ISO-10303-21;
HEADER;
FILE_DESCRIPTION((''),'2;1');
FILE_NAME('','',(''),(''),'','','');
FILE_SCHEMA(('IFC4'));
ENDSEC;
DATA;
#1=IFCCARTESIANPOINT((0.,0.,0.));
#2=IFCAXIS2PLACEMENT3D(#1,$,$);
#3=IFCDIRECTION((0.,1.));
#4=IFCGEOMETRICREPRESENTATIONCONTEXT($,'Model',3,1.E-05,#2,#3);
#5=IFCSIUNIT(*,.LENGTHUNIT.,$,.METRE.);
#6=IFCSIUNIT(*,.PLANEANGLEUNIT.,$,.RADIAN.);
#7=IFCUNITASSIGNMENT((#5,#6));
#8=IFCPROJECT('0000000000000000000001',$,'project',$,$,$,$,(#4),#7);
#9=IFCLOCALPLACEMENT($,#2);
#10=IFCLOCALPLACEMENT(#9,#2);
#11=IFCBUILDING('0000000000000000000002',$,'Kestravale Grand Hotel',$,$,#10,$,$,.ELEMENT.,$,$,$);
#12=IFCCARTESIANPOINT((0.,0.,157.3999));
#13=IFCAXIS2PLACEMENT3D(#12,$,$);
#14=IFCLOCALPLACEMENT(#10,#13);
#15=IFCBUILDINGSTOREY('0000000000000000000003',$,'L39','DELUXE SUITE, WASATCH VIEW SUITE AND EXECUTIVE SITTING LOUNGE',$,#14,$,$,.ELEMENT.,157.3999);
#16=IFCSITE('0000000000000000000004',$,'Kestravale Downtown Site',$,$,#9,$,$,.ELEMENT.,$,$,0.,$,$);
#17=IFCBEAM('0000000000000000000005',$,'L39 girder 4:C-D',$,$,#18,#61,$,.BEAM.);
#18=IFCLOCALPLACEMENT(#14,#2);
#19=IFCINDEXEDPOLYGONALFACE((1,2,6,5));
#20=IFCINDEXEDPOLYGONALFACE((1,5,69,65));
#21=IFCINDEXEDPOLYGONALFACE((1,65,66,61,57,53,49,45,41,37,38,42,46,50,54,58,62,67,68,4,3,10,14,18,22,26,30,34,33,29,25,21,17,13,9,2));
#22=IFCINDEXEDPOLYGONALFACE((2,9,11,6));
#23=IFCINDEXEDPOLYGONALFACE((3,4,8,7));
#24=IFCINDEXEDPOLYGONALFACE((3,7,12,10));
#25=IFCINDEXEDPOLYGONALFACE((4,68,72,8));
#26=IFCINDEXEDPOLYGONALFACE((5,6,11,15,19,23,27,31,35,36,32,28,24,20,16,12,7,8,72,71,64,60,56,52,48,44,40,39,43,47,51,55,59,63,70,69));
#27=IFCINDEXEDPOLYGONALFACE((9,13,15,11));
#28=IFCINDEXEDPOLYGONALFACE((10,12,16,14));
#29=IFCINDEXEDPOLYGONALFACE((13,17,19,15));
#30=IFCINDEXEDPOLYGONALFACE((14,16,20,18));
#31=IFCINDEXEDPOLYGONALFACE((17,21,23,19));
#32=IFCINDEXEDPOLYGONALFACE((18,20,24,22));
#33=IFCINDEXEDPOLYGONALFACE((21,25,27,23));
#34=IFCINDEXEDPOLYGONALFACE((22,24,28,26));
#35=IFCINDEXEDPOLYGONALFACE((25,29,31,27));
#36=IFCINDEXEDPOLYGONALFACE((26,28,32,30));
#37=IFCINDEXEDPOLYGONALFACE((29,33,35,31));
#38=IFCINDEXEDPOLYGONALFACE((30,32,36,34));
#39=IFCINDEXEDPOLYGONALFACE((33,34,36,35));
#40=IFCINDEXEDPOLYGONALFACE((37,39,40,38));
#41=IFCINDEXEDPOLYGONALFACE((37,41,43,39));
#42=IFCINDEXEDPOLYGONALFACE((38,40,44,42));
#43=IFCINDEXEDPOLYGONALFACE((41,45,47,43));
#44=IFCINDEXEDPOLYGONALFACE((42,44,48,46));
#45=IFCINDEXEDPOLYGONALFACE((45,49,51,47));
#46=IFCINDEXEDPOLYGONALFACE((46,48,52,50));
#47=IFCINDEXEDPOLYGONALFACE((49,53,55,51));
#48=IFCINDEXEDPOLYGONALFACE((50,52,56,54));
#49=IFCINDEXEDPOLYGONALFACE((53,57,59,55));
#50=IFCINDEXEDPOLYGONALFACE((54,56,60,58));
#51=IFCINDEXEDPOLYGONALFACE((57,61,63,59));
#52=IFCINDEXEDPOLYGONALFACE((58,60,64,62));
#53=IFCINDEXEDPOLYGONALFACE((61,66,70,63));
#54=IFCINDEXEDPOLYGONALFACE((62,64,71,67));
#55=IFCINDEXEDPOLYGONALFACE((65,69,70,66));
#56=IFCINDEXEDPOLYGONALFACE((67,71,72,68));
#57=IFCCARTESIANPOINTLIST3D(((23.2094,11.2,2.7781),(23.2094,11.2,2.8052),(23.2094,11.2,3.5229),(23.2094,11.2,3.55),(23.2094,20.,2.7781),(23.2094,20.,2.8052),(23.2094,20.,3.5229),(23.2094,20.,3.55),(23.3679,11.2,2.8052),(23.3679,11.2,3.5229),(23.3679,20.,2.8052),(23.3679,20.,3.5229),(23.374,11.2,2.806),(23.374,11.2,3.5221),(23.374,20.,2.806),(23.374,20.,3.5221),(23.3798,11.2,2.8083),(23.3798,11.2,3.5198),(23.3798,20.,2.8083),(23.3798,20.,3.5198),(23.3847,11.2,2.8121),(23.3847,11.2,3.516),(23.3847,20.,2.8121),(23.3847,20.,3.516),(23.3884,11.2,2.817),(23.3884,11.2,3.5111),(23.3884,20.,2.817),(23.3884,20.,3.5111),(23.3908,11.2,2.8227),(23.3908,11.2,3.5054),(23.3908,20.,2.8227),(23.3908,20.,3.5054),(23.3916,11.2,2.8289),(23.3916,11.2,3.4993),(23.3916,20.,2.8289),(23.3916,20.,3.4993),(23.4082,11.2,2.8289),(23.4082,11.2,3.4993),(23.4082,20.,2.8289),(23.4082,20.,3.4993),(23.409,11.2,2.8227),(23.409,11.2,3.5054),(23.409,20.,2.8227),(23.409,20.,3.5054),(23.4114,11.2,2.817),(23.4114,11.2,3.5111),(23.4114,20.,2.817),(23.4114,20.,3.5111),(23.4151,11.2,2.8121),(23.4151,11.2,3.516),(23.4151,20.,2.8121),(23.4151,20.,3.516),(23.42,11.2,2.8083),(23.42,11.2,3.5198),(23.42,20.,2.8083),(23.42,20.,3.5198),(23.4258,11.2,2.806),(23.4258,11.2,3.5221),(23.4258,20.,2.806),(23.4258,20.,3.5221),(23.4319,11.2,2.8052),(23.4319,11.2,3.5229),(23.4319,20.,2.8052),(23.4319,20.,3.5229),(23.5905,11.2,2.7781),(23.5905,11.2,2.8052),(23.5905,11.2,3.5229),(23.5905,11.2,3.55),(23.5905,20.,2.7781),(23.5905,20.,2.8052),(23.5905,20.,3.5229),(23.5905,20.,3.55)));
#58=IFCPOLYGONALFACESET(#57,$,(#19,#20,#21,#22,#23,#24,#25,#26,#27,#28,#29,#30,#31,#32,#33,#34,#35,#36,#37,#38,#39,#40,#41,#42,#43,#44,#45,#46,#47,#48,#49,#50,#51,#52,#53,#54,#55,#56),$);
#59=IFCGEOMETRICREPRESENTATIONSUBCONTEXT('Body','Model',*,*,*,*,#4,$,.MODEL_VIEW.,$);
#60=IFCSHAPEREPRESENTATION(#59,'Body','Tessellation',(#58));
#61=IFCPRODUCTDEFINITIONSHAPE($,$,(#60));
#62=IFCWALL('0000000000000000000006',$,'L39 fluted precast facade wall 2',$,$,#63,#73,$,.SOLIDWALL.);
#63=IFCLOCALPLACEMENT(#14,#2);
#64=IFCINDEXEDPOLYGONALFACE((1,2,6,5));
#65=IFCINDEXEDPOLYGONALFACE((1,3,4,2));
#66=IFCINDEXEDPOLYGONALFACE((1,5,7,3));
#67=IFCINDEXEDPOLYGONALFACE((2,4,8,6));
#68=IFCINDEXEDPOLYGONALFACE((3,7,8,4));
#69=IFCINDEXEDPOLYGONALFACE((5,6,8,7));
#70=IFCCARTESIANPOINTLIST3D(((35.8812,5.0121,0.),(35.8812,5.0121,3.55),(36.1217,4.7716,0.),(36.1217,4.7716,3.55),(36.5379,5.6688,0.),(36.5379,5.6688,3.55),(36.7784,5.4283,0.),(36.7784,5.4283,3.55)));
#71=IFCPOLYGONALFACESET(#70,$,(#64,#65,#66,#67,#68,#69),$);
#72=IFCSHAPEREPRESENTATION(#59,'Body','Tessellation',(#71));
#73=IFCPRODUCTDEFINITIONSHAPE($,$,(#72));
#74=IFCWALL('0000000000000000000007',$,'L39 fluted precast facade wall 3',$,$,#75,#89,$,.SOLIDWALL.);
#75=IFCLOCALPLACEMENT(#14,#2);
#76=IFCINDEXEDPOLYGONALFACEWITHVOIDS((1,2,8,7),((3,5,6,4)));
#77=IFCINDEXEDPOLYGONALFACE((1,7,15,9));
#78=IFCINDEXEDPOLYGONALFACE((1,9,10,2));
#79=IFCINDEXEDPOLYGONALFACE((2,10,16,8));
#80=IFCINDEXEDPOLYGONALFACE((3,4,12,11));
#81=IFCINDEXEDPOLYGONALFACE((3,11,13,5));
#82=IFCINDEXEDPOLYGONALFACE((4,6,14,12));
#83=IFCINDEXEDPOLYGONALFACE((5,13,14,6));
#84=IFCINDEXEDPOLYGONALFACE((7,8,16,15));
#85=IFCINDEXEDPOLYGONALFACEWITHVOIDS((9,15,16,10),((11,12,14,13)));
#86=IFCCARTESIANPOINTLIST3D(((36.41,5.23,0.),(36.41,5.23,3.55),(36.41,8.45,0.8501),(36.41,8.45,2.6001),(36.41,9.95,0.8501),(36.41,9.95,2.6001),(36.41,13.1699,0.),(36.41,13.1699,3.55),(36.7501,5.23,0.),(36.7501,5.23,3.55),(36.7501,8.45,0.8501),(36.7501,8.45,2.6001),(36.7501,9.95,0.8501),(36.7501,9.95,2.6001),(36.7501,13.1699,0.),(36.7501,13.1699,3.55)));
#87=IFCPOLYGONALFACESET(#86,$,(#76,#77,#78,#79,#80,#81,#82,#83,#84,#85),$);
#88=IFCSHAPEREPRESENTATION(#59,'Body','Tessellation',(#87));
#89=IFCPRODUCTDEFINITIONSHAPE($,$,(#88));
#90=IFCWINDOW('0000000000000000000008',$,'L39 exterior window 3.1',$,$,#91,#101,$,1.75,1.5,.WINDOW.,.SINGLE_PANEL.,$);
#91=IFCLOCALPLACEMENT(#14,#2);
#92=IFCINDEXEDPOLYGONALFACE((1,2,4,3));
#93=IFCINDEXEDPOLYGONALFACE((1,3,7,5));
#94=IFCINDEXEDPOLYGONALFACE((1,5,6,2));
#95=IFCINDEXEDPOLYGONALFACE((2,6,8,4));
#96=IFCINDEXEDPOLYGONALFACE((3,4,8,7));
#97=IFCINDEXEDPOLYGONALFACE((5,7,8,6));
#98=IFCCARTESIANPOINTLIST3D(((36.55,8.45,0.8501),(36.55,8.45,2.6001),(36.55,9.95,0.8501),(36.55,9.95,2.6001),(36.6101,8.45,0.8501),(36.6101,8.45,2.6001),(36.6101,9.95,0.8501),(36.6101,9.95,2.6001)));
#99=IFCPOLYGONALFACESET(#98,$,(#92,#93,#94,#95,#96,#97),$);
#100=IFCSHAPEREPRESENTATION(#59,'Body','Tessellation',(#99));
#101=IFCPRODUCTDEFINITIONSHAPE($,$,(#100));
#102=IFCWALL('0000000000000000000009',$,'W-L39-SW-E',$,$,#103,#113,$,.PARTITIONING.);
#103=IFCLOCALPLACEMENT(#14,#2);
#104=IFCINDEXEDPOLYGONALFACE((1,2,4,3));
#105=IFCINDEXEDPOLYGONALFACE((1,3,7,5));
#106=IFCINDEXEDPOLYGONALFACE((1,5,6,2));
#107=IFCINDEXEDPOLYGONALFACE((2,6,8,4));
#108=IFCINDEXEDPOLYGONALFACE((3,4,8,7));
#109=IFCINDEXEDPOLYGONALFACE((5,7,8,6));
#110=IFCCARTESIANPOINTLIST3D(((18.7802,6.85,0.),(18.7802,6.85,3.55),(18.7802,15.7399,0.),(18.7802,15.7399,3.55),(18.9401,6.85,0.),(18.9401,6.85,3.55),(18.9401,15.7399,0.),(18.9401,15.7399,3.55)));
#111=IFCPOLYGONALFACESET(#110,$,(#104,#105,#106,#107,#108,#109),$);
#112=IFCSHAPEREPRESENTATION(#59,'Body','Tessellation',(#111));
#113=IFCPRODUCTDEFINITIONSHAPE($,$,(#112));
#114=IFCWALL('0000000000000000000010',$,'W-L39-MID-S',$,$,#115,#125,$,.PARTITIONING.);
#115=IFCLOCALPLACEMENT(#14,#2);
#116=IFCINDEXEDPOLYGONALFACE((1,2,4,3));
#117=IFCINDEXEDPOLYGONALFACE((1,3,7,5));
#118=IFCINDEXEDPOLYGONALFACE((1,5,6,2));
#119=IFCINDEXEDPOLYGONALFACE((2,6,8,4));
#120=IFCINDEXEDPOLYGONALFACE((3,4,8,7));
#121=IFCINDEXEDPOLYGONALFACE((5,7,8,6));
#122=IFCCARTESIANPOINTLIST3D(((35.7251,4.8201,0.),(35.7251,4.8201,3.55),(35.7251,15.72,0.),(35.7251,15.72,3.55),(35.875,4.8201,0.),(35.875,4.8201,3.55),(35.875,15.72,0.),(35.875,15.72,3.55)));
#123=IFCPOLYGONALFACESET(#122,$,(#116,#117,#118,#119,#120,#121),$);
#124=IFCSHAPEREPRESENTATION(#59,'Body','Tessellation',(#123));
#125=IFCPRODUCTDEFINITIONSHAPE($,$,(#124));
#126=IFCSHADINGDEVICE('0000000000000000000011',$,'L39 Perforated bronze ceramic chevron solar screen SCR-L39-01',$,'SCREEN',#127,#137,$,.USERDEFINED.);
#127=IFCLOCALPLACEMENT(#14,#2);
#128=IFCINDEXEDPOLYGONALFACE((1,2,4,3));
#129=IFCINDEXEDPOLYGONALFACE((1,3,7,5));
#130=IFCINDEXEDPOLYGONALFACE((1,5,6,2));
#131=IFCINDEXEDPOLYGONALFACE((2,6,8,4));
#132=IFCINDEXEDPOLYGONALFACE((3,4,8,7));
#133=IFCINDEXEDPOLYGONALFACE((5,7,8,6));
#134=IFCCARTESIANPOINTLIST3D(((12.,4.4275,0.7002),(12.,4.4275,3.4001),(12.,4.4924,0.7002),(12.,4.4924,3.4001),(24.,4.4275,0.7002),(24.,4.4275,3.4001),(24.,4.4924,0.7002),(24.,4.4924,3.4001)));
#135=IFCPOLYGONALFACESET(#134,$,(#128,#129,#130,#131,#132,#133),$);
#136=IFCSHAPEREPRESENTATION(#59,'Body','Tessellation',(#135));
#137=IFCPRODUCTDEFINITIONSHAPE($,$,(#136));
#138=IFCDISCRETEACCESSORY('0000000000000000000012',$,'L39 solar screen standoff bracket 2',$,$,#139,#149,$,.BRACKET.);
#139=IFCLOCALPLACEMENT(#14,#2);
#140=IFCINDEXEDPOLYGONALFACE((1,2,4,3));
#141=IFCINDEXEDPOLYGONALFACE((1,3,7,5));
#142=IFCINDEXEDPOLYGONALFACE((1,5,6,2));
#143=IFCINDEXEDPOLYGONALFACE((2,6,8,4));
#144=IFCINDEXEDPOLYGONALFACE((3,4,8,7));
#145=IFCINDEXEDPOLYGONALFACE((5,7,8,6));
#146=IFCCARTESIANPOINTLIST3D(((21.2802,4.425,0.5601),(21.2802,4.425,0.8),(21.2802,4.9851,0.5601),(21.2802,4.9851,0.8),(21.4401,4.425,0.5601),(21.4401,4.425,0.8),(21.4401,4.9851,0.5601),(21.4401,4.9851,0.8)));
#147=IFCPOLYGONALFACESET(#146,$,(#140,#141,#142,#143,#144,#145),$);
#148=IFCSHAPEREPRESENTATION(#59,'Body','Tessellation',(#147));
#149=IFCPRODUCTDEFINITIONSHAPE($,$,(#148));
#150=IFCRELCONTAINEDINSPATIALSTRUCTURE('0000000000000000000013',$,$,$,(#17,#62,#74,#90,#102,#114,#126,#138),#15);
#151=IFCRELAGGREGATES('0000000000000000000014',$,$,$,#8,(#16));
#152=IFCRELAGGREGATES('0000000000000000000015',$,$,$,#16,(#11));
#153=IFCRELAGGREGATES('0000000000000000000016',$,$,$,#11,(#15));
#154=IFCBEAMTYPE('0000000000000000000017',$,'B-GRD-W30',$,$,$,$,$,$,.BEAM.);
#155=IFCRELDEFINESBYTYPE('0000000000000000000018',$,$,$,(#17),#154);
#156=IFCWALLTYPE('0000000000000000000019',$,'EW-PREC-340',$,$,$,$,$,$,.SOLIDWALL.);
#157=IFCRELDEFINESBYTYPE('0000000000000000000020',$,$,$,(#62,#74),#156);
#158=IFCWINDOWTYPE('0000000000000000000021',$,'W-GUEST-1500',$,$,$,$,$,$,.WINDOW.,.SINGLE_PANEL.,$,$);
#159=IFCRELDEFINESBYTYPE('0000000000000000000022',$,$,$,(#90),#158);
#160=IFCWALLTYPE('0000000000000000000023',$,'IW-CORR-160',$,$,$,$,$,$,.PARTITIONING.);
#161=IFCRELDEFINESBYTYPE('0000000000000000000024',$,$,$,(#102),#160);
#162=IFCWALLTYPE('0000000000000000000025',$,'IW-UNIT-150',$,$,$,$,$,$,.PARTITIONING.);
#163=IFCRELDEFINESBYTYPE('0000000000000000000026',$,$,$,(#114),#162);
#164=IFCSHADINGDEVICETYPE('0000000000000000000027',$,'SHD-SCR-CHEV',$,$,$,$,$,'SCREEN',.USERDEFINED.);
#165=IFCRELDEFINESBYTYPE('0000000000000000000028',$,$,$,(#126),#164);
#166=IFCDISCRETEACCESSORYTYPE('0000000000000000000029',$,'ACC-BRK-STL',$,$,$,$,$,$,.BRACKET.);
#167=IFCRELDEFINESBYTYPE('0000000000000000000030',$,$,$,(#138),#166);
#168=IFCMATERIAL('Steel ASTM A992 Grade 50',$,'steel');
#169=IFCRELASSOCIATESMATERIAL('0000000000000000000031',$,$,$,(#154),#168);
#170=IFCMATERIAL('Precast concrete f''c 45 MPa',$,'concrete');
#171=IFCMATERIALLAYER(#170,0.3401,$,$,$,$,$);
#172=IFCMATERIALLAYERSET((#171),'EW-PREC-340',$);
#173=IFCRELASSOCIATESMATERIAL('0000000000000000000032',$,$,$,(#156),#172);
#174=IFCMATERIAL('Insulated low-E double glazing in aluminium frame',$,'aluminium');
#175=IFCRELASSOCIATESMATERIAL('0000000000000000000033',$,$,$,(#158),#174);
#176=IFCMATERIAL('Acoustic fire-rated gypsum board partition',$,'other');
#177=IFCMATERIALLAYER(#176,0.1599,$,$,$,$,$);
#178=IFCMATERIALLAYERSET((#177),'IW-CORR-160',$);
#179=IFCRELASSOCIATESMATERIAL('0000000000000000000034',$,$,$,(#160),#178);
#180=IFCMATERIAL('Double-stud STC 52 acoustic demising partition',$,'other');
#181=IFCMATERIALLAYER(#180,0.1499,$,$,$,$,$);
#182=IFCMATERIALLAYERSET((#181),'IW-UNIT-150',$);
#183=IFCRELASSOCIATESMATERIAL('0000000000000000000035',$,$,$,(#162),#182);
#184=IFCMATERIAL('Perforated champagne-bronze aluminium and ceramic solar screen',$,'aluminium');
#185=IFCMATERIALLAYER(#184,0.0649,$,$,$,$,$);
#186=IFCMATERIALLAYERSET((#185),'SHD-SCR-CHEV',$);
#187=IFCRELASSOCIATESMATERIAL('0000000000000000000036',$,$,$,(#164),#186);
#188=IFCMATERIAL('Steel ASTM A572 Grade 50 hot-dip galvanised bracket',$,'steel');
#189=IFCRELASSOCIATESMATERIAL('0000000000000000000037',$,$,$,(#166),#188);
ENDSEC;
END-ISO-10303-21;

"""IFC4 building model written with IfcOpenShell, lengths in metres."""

from ifc_helpers import new_model, si_unit, direction, frame, frame_2d, origin, origin_2d, place, context, subcontext, project, spatial, rectangle, i_section, extrude, material, layer, layer_set, material_profile, profile_set, type_object, element, fill, save


model = new_model("IFC4")

# Units and contexts
model_context = context("Model", 3, precision=1e-05, world=origin(), true_north=direction((0.0, 1.0)))
body_context = subcontext(model_context, "Body", "Model", "MODEL_VIEW")
ifc_project = project(units=[si_unit("LENGTHUNIT", "METRE"), si_unit("PLANEANGLEUNIT", "RADIAN")], contexts=[model_context])

# Site, building, storey
site_placement = place(None, origin())
site = spatial("IfcSite", under=ifc_project, at=site_placement, Name="Kestravale Downtown Site", CompositionType="ELEMENT", RefElevation=0.0)
building_placement = place(site_placement, origin())
building = spatial("IfcBuilding", under=site, at=building_placement, Name="Kestravale Grand Hotel", CompositionType="ELEMENT")
storey_placement = place(building_placement, frame((0.0, 0.0, 157.3999)))
storey = spatial("IfcBuildingStorey", under=building, at=storey_placement, Name="L39", Description="DELUXE SUITE, WASATCH VIEW SUITE AND EXECUTIVE SITTING LOUNGE", CompositionType="ELEMENT", Elevation=157.3999)

# Beam
ifc_material_1 = material(Name="Steel ASTM A992 Grade 50", Category="steel")
ifc_material_profile_1 = material_profile(ifc_material_1, i_section(OverallWidth=0.3811, OverallDepth=0.772, WebThickness=0.0166, FlangeThickness=0.0271, FilletRadius=0.0237, at=origin_2d()))
ifc_profile_set_1 = profile_set([ifc_material_profile_1], Name="Steel ASTM A992 Grade 50")
beam_type_1 = type_object("IfcBeamType", Name="B-GRD-W30", PredefinedType="BEAM", material=ifc_profile_set_1)
beam_1_placement = place(storey_placement, frame((23.3999, 11.2, 3.1641), z_axis=(0.0, 1.0, 0.0), x_axis=(-1.0, 0.0, 0.0)))
element("IfcBeam", 1, at=beam_1_placement, inside=storey, type_object=beam_type_1, Name="L39 girder 4:C-D", PredefinedType="BEAM", context=body_context, shape_type="SweptSolid", body=[
    extrude(i_section(OverallWidth=0.3811, OverallDepth=0.772, WebThickness=0.0166, FlangeThickness=0.0271, FilletRadius=0.0237, at=origin_2d()), origin(), (0.0, 0.0, 1.0), 8.8),
])

# Wall
ifc_material_2 = material(Name="Precast concrete f'c 45 MPa", Category="concrete")
ifc_layer_1 = layer(ifc_material_2, 0.3401)
ifc_layer_set_1 = layer_set([ifc_layer_1], Name="EW-PREC-340")
wall_type_1 = type_object("IfcWallType", Name="EW-PREC-340", PredefinedType="SOLIDWALL", material=ifc_layer_set_1)
wall_1_placement = place(storey_placement, frame((36.0015, 4.8918, 0.0), z_axis=(0.0, 0.0, 1.0), x_axis=(0.707107, 0.707107, 0.0)))
element("IfcWall", 2, at=wall_1_placement, inside=storey, type_object=wall_type_1, Name="L39 fluted precast facade wall 2", PredefinedType="SOLIDWALL", context=body_context, shape_type="SweptSolid", body=[
    extrude(rectangle(XDim=0.9287, YDim=0.3401, at=frame_2d((0.4644, 0.0))), origin(), (0.0, 0.0, 1.0), 3.55),
])

# Wall, opening, window
wall_2_placement = place(storey_placement, frame((36.5801, 5.23, 0.0), z_axis=(0.0, 0.0, 1.0), x_axis=(0.0, 1.0, 0.0)))
wall_2 = element("IfcWall", 3, at=wall_2_placement, inside=storey, type_object=wall_type_1, Name="L39 fluted precast facade wall 3", PredefinedType="SOLIDWALL", context=body_context, shape_type="SweptSolid", body=[
    extrude(rectangle(XDim=7.9399, YDim=0.3401, at=frame_2d((3.97, 0.0))), origin(), (0.0, 0.0, 1.0), 3.55),
])
opening_placement = place(wall_2_placement, frame((3.22, 0.0, 0.8501)))
opening = element("IfcOpeningElement", 4, at=opening_placement, cuts=wall_2, PredefinedType="OPENING", context=body_context, shape_type="SweptSolid", body=[
    extrude(rectangle(XDim=1.5, YDim=1.75, at=frame_2d((0.75, 0.875))), frame((0.0, 0.1799, 0.0), z_axis=(0.0, -1.0, 0.0), x_axis=(1.0, 0.0, 0.0)), (0.0, 0.0, 1.0), 0.3601),
])
ifc_material_3 = material(Name="Insulated low-E double glazing in aluminium frame", Category="aluminium")
window_type = type_object("IfcWindowType", Name="W-GUEST-1500", PartitioningType="SINGLE_PANEL", PredefinedType="WINDOW", material=ifc_material_3)
window_placement = place(opening_placement, origin())
window = element("IfcWindow", 5, at=window_placement, inside=storey, type_object=window_type, Name="L39 exterior window 3.1", OverallHeight=1.75, OverallWidth=1.5, PartitioningType="SINGLE_PANEL", PredefinedType="WINDOW", context=body_context, shape_type="SweptSolid", body=[
    extrude(rectangle(XDim=1.5, YDim=1.75, at=frame_2d((0.75, 0.875))), frame((0.0, 0.03, 0.0), z_axis=(0.0, -1.0, 0.0), x_axis=(1.0, 0.0, 0.0)), (0.0, 0.0, 1.0), 0.0601),
])
fill(opening, window)

# Walls
ifc_material_4 = material(Name="Acoustic fire-rated gypsum board partition", Category="other")
ifc_layer_2 = layer(ifc_material_4, 0.1599)
ifc_layer_set_2 = layer_set([ifc_layer_2], Name="IW-CORR-160")
wall_type_2 = type_object("IfcWallType", Name="IW-CORR-160", PredefinedType="PARTITIONING", material=ifc_layer_set_2)
wall_3_placement = place(storey_placement, frame((18.8601, 6.8501, 0.0), z_axis=(0.0, 0.0, 1.0), x_axis=(0.0, 1.0, 0.0)))
element("IfcWall", 6, at=wall_3_placement, inside=storey, type_object=wall_type_2, Name="W-L39-SW-E", PredefinedType="PARTITIONING", context=body_context, shape_type="SweptSolid", body=[
    extrude(rectangle(XDim=8.8899, YDim=0.1599, at=frame_2d((4.4448, 0.0))), origin(), (0.0, 0.0, 1.0), 3.55),
])
ifc_material_5 = material(Name="Double-stud STC 52 acoustic demising partition", Category="other")
ifc_layer_3 = layer(ifc_material_5, 0.1499)
ifc_layer_set_3 = layer_set([ifc_layer_3], Name="IW-UNIT-150")
wall_type_3 = type_object("IfcWallType", Name="IW-UNIT-150", PredefinedType="PARTITIONING", material=ifc_layer_set_3)
wall_4_placement = place(storey_placement, frame((35.8, 4.8201, 0.0), z_axis=(0.0, 0.0, 1.0), x_axis=(0.0, 1.0, 0.0)))
element("IfcWall", 7, at=wall_4_placement, inside=storey, type_object=wall_type_3, Name="W-L39-MID-S", PredefinedType="PARTITIONING", context=body_context, shape_type="SweptSolid", body=[
    extrude(rectangle(XDim=10.8999, YDim=0.1499, at=frame_2d((5.45, 0.0))), origin(), (0.0, 0.0, 1.0), 3.55),
])

# Shading device
ifc_material_6 = material(Name="Perforated champagne-bronze aluminium and ceramic solar screen", Category="aluminium")
ifc_layer_4 = layer(ifc_material_6, 0.0649)
ifc_layer_set_4 = layer_set([ifc_layer_4], Name="SHD-SCR-CHEV")
shading_device_type = type_object("IfcShadingDeviceType", Name="SHD-SCR-CHEV", ElementType="SCREEN", PredefinedType="USERDEFINED", material=ifc_layer_set_4)
shading_device_placement = place(storey_placement, frame((18.0, 4.46, 0.7002), z_axis=(0.0, 0.0, 1.0), x_axis=(1.0, 0.0, 0.0)))
element("IfcShadingDevice", 8, at=shading_device_placement, inside=storey, type_object=shading_device_type, Name="L39 Perforated bronze ceramic chevron solar screen SCR-L39-01", ObjectType="SCREEN", PredefinedType="USERDEFINED", context=body_context, shape_type="SweptSolid", body=[
    extrude(rectangle(XDim=12.0, YDim=0.0649, at=origin_2d()), origin(), (0.0, 0.0, 1.0), 2.7),
])

# Discrete accessory
ifc_material_7 = material(Name="Steel ASTM A572 Grade 50 hot-dip galvanised bracket", Category="steel")
discrete_accessory_type = type_object("IfcDiscreteAccessoryType", Name="ACC-BRK-STL", PredefinedType="BRACKET", material=ifc_material_7)
discrete_accessory_placement = place(storey_placement, frame((21.3601, 4.7051, 0.5601), z_axis=(0.0, 0.0, 1.0), x_axis=(1.0, 0.0, 0.0)))
element("IfcDiscreteAccessory", 9, at=discrete_accessory_placement, inside=storey, type_object=discrete_accessory_type, Name="L39 solar screen standoff bracket 2", PredefinedType="BRACKET", context=body_context, shape_type="SweptSolid", body=[
    extrude(rectangle(XDim=0.1599, YDim=0.5601, at=origin_2d()), origin(), (0.0, 0.0, 1.0), 0.24),
])

save(model, "model.ifc")
